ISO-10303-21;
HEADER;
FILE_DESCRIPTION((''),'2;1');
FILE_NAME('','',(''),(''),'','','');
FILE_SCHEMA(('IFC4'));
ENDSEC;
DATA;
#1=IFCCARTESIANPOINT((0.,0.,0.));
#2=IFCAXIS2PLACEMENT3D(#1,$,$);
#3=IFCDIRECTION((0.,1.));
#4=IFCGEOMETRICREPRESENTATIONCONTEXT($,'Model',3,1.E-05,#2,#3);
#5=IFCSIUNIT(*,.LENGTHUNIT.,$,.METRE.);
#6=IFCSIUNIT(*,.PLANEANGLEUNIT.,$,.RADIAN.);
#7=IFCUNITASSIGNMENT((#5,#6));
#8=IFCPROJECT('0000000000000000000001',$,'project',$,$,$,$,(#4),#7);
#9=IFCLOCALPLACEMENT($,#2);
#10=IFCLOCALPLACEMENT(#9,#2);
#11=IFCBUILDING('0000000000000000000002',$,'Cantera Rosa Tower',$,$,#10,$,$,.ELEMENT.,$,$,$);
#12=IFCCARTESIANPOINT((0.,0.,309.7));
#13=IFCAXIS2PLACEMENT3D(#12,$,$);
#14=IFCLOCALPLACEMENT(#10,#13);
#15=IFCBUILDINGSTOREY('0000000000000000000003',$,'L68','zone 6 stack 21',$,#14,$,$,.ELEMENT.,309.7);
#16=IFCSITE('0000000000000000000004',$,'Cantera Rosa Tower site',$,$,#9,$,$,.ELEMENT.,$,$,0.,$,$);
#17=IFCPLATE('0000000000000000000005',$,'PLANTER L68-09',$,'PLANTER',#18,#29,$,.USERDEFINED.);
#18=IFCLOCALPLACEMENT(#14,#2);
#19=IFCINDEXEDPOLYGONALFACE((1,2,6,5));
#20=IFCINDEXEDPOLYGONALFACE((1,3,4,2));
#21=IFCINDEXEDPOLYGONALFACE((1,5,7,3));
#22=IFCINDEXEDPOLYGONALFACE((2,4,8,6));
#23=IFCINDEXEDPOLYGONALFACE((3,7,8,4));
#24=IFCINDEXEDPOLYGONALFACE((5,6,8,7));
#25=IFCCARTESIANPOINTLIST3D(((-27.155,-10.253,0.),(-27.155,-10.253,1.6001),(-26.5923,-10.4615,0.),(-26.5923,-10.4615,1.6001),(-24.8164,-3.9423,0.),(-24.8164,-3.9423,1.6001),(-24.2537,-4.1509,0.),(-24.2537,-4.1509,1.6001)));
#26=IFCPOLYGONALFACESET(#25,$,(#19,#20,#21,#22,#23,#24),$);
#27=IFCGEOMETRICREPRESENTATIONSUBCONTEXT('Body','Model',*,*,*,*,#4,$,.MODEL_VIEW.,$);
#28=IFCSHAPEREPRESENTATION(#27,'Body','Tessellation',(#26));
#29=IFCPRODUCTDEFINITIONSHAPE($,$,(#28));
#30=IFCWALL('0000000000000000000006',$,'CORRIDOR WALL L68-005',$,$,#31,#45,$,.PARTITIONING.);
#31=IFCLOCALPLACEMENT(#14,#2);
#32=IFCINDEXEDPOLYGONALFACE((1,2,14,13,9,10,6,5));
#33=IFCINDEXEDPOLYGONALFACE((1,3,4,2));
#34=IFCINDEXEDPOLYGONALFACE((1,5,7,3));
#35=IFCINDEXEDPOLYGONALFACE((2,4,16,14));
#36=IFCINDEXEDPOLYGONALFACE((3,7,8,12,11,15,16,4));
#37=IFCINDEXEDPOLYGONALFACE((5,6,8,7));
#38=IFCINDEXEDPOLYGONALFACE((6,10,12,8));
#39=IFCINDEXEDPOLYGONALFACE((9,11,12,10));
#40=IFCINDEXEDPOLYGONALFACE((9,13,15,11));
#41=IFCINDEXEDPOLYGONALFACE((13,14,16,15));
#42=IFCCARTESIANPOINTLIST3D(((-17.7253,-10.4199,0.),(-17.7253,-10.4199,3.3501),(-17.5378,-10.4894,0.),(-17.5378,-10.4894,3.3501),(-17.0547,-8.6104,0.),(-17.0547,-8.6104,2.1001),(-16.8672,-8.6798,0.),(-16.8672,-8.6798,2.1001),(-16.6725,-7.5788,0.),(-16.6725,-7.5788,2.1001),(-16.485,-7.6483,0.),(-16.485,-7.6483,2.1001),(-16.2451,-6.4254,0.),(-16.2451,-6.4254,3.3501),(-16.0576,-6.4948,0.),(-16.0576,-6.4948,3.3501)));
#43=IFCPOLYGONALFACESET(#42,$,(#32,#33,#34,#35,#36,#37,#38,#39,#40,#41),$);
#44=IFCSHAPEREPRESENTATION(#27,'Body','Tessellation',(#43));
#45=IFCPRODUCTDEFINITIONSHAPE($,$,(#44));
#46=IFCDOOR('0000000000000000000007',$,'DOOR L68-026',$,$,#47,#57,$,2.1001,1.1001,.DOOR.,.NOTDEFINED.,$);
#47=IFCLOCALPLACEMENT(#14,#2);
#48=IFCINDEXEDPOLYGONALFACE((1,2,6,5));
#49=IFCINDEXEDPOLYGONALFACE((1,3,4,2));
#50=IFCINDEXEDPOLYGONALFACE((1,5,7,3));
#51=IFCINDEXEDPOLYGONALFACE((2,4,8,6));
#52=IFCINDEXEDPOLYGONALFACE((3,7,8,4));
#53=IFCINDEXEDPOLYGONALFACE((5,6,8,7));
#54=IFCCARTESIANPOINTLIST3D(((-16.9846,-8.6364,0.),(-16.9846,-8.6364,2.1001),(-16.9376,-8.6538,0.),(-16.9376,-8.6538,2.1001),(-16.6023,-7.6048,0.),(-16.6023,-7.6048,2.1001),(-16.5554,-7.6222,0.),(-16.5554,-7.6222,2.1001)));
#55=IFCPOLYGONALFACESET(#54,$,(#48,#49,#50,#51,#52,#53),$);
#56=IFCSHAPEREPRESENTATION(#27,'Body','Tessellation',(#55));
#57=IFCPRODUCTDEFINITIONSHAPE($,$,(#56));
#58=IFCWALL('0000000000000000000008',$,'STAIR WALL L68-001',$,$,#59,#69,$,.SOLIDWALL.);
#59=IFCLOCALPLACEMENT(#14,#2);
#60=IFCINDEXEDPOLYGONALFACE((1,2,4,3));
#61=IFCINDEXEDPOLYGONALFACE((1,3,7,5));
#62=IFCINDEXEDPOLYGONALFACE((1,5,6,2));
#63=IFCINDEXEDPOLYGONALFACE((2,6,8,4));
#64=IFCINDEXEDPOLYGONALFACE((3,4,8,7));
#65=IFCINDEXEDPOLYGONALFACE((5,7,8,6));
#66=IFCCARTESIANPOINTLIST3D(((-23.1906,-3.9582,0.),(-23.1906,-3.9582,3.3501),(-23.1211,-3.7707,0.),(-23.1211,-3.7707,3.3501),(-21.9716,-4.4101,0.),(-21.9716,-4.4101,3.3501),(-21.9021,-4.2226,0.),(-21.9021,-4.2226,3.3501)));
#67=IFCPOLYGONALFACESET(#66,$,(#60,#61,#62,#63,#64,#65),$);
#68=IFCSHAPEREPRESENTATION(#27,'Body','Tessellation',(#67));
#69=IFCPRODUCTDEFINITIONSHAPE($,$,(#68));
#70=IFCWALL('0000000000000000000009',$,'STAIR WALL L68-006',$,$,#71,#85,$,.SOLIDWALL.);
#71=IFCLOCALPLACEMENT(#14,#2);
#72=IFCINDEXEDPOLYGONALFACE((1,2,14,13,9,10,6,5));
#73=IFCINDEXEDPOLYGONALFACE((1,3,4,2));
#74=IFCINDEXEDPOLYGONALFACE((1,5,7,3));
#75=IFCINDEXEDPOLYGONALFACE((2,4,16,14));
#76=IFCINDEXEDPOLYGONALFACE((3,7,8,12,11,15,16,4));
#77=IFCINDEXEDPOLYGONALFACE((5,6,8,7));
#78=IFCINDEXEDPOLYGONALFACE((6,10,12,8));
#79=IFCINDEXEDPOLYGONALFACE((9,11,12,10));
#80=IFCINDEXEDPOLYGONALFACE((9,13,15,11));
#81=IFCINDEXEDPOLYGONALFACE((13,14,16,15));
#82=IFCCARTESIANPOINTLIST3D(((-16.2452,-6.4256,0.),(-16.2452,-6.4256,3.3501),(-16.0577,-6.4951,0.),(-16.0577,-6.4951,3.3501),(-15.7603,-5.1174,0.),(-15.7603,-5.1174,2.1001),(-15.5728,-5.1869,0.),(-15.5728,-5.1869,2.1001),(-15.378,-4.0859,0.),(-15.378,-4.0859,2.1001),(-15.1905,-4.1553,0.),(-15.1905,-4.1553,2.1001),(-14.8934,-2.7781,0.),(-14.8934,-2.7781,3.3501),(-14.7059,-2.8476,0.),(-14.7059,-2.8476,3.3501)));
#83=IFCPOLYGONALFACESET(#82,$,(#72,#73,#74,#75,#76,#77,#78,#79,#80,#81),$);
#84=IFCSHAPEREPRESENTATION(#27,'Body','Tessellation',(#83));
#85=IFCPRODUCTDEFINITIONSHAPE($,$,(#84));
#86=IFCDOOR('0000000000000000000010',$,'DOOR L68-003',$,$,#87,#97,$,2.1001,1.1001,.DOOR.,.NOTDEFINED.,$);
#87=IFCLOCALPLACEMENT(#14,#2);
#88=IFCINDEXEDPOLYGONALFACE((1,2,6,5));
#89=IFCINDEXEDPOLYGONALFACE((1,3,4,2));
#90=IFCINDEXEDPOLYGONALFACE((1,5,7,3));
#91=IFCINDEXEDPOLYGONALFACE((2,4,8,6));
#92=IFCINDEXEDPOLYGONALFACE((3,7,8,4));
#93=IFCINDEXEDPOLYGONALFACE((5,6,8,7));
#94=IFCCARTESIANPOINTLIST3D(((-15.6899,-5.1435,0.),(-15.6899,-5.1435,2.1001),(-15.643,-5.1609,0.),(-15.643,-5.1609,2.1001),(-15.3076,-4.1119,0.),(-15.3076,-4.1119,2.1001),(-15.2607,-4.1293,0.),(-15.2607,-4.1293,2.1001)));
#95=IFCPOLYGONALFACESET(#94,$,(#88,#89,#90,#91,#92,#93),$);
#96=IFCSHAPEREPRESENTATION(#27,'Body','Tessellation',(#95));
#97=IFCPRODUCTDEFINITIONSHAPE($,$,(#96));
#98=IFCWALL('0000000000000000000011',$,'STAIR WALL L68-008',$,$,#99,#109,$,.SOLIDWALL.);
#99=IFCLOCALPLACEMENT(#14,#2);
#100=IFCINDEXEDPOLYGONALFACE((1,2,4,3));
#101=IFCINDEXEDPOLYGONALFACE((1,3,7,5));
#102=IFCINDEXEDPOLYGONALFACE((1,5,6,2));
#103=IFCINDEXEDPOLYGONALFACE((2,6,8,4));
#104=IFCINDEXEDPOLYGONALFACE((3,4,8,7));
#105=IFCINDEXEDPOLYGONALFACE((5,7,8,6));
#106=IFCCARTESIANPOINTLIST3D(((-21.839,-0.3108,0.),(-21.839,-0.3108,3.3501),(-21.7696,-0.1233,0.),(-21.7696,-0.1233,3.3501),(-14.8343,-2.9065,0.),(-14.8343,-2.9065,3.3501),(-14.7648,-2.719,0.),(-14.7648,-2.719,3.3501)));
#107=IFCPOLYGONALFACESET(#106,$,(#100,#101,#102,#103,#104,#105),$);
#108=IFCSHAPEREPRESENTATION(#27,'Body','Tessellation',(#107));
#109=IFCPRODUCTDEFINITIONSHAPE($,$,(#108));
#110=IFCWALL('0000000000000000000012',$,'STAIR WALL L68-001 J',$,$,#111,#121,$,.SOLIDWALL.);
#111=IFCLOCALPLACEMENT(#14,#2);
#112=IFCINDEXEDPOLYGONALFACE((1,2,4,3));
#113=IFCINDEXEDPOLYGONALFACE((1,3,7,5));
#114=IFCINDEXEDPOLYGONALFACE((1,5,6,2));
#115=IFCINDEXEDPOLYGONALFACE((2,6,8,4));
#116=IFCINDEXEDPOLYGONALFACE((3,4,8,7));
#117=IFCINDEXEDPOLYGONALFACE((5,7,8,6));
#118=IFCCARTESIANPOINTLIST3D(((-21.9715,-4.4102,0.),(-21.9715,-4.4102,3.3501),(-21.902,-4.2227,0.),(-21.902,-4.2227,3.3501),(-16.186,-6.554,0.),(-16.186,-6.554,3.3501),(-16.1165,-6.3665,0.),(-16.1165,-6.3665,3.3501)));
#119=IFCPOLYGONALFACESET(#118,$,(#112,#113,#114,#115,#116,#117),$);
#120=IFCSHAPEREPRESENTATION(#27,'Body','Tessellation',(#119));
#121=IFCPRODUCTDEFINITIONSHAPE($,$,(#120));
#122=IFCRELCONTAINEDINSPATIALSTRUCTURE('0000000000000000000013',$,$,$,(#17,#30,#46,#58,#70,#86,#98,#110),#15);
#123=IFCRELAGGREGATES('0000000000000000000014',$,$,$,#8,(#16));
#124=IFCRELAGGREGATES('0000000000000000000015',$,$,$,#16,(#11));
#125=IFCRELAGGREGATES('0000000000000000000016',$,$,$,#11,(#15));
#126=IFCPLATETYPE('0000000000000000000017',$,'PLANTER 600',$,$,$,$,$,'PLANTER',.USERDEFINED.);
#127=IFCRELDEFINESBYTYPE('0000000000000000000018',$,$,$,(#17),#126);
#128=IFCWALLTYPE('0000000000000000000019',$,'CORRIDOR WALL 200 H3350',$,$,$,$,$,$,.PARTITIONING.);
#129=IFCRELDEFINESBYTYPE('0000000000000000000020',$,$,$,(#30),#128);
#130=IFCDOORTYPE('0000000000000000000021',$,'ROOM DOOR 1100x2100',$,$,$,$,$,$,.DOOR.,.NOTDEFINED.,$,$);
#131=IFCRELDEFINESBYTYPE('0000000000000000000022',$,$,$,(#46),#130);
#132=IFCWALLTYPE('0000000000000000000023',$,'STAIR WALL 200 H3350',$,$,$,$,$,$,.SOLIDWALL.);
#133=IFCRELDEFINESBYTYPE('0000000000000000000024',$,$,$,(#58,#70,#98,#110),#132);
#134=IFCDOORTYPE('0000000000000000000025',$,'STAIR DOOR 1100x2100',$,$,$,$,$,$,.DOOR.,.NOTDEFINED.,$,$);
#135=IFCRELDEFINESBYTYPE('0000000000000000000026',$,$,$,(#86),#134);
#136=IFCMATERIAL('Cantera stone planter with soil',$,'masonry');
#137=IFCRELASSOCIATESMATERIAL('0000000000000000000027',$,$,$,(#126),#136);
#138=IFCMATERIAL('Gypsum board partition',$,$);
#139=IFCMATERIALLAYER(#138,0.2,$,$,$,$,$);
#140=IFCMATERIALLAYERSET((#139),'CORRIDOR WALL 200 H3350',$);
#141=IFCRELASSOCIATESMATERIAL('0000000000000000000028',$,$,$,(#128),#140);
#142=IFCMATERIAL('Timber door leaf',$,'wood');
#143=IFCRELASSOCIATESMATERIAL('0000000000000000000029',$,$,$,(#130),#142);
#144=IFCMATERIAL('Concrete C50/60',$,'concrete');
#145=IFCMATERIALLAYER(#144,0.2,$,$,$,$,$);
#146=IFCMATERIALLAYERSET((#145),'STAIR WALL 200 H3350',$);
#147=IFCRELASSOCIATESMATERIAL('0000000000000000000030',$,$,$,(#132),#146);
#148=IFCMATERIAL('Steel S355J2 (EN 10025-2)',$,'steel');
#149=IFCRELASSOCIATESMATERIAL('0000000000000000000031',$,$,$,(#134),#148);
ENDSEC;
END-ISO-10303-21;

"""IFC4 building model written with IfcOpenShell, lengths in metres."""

from ifc_helpers import new_model, si_unit, direction, frame, frame_2d, origin, origin_2d, place, context, subcontext, project, spatial, rectangle, extrude, material, layer, layer_set, type_object, element, fill, save


model = new_model("IFC4")

# Units and contexts
model_context = context("Model", 3, precision=1e-05, world=origin(), true_north=direction((0.0, 1.0)))
body_context = subcontext(model_context, "Body", "Model", "MODEL_VIEW")
ifc_project = project(units=[si_unit("LENGTHUNIT", "METRE"), si_unit("PLANEANGLEUNIT", "RADIAN")], contexts=[model_context])

# Site, building, storey
site_placement = place(None, origin())
site = spatial("IfcSite", under=ifc_project, at=site_placement, Name="Cantera Rosa Tower site", CompositionType="ELEMENT", RefElevation=0.0)
building_placement = place(site_placement, origin())
building = spatial("IfcBuilding", under=site, at=building_placement, Name="Cantera Rosa Tower", CompositionType="ELEMENT")
storey_placement = place(building_placement, frame((0.0, 0.0, 309.7)))
storey = spatial("IfcBuildingStorey", under=building, at=storey_placement, Name="L68", Description="zone 6 stack 21", CompositionType="ELEMENT", Elevation=309.7)

# Plate
ifc_material_1 = material(Name="Cantera stone planter with soil", Category="masonry")
plate_type = type_object("IfcPlateType", Name="PLANTER 600", ElementType="PLANTER", PredefinedType="USERDEFINED", material=ifc_material_1)
plate_placement = place(storey_placement, frame((-25.7043, -7.2019, 0.0), z_axis=(0.0, 0.0, 1.0), x_axis=(-0.347481, -0.937687, 0.0)))
element("IfcPlate", 1, at=plate_placement, inside=storey, type_object=plate_type, Name="PLANTER L68-09", ObjectType="PLANTER", PredefinedType="USERDEFINED", context=body_context, shape_type="SweptSolid", body=[
    extrude(rectangle(XDim=6.73, YDim=0.6001, at=origin_2d()), origin(), (0.0, 0.0, 1.0), 1.6001),
])

# Wall, opening, door
ifc_material_2 = material(Name="Gypsum board partition")
ifc_layer_1 = layer(ifc_material_2, 0.2)
ifc_layer_set_1 = layer_set([ifc_layer_1], Name="CORRIDOR WALL 200 H3350")
wall_type_1 = type_object("IfcWallType", Name="CORRIDOR WALL 200 H3350", PredefinedType="PARTITIONING", material=ifc_layer_set_1)
wall_1_placement = place(storey_placement, frame((-16.1514, -6.4602, 0.0), z_axis=(0.0, 0.0, 1.0), x_axis=(-0.347466, -0.937693, 0.0)))
wall_1 = element("IfcWall", 2, at=wall_1_placement, inside=storey, type_object=wall_type_1, Name="CORRIDOR WALL L68-005", PredefinedType="PARTITIONING", context=body_context, shape_type="SweptSolid", body=[
    extrude(rectangle(XDim=4.26, YDim=0.2, at=frame_2d((2.1299, 0.0))), origin(), (0.0, 0.0, 1.0), 3.3501),
])
opening_1_placement = place(wall_1_placement, frame((1.23, 0.0, 0.0)))
opening_1 = element("IfcOpeningElement", 3, at=opening_1_placement, cuts=wall_1, PredefinedType="OPENING", context=body_context, shape_type="SweptSolid", body=[
    extrude(rectangle(XDim=1.1001, YDim=2.1001, at=frame_2d((0.55, 1.05))), frame((0.0, 0.1099, 0.0), z_axis=(0.0, -1.0, 0.0), x_axis=(1.0, 0.0, 0.0)), (0.0, 0.0, 1.0), 0.22),
])
ifc_material_3 = material(Name="Timber door leaf", Category="wood")
door_type_1 = type_object("IfcDoorType", Name="ROOM DOOR 1100x2100", OperationType="NOTDEFINED", PredefinedType="DOOR", material=ifc_material_3)
door_1_placement = place(opening_1_placement, origin())
door_1 = element("IfcDoor", 4, at=door_1_placement, inside=storey, type_object=door_type_1, Name="DOOR L68-026", OperationType="NOTDEFINED", OverallHeight=2.1001, OverallWidth=1.1001, PredefinedType="DOOR", context=body_context, shape_type="SweptSolid", body=[
    extrude(rectangle(XDim=1.1001, YDim=2.1001, at=frame_2d((0.55, 1.05))), frame((0.0, 0.0249, 0.0), z_axis=(0.0, -1.0, 0.0), x_axis=(1.0, 0.0, 0.0)), (0.0, 0.0, 1.0), 0.05),
])
fill(opening_1, door_1)

# Wall
ifc_material_4 = material(Name="Concrete C50/60", Category="concrete")
ifc_layer_2 = layer(ifc_material_4, 0.2)
ifc_layer_set_2 = layer_set([ifc_layer_2], Name="STAIR WALL 200 H3350")
wall_type_2 = type_object("IfcWallType", Name="STAIR WALL 200 H3350", PredefinedType="SOLIDWALL", material=ifc_layer_set_2)
wall_2_placement = place(storey_placement, frame((-23.1558, -3.8645, 0.0), z_axis=(0.0, 0.0, 1.0), x_axis=(0.937642, -0.347602, 0.0)))
element("IfcWall", 5, at=wall_2_placement, inside=storey, type_object=wall_type_2, Name="STAIR WALL L68-001", PredefinedType="SOLIDWALL", context=body_context, shape_type="SweptSolid", body=[
    extrude(rectangle(XDim=1.3, YDim=0.2, at=frame_2d((0.6499, 0.0))), origin(), (0.0, 0.0, 1.0), 3.3501),
])

# Wall, opening, door
wall_3_placement = place(storey_placement, frame((-16.1514, -6.4602, 0.0), z_axis=(0.0, 0.0, 1.0), x_axis=(0.347517, 0.937674, 0.0)))
wall_3 = element("IfcWall", 6, at=wall_3_placement, inside=storey, type_object=wall_type_2, Name="STAIR WALL L68-006", PredefinedType="SOLIDWALL", context=body_context, shape_type="SweptSolid", body=[
    extrude(rectangle(XDim=3.8899, YDim=0.2, at=frame_2d((1.9448, 0.0))), origin(), (0.0, 0.0, 1.0), 3.3501),
])
opening_2_placement = place(wall_3_placement, frame((1.395, 0.0, 0.0)))
opening_2 = element("IfcOpeningElement", 7, at=opening_2_placement, cuts=wall_3, PredefinedType="OPENING", context=body_context, shape_type="SweptSolid", body=[
    extrude(rectangle(XDim=1.1001, YDim=2.1001, at=frame_2d((0.55, 1.05))), frame((0.0, 0.1099, 0.0), z_axis=(0.0, -1.0, 0.0), x_axis=(1.0, 0.0, 0.0)), (0.0, 0.0, 1.0), 0.22),
])
ifc_material_5 = material(Name="Steel S355J2 (EN 10025-2)", Category="steel")
door_type_2 = type_object("IfcDoorType", Name="STAIR DOOR 1100x2100", OperationType="NOTDEFINED", PredefinedType="DOOR", material=ifc_material_5)
door_2_placement = place(opening_2_placement, origin())
door_2 = element("IfcDoor", 8, at=door_2_placement, inside=storey, type_object=door_type_2, Name="DOOR L68-003", OperationType="NOTDEFINED", OverallHeight=2.1001, OverallWidth=1.1001, PredefinedType="DOOR", context=body_context, shape_type="SweptSolid", body=[
    extrude(rectangle(XDim=1.1001, YDim=2.1001, at=frame_2d((0.55, 1.05))), frame((0.0, 0.0249, 0.0), z_axis=(0.0, -1.0, 0.0), x_axis=(1.0, 0.0, 0.0)), (0.0, 0.0, 1.0), 0.05),
])
fill(opening_2, door_2)

# Walls
wall_4_placement = place(storey_placement, frame((-14.7996, -2.8127, 0.0), z_axis=(0.0, 0.0, 1.0), x_axis=(-0.937688, 0.347478, 0.0)))
element("IfcWall", 9, at=wall_4_placement, inside=storey, type_object=wall_type_2, Name="STAIR WALL L68-008", PredefinedType="SOLIDWALL", context=body_context, shape_type="SweptSolid", body=[
    extrude(rectangle(XDim=7.4702, YDim=0.2, at=frame_2d((3.7351, 0.0))), origin(), (0.0, 0.0, 1.0), 3.3501),
])
wall_5_placement = place(storey_placement, frame((-21.9368, -4.3164, 0.0), z_axis=(0.0, 0.0, 1.0), x_axis=(0.937693, -0.347465, 0.0)))
element("IfcWall", 10, at=wall_5_placement, inside=storey, type_object=wall_type_2, Name="STAIR WALL L68-001 J", PredefinedType="SOLIDWALL", context=body_context, shape_type="SweptSolid", body=[
    extrude(rectangle(XDim=6.1699, YDim=0.2, at=frame_2d((3.085, 0.0))), origin(), (0.0, 0.0, 1.0), 3.3501),
])

save(model, "model.ifc")
